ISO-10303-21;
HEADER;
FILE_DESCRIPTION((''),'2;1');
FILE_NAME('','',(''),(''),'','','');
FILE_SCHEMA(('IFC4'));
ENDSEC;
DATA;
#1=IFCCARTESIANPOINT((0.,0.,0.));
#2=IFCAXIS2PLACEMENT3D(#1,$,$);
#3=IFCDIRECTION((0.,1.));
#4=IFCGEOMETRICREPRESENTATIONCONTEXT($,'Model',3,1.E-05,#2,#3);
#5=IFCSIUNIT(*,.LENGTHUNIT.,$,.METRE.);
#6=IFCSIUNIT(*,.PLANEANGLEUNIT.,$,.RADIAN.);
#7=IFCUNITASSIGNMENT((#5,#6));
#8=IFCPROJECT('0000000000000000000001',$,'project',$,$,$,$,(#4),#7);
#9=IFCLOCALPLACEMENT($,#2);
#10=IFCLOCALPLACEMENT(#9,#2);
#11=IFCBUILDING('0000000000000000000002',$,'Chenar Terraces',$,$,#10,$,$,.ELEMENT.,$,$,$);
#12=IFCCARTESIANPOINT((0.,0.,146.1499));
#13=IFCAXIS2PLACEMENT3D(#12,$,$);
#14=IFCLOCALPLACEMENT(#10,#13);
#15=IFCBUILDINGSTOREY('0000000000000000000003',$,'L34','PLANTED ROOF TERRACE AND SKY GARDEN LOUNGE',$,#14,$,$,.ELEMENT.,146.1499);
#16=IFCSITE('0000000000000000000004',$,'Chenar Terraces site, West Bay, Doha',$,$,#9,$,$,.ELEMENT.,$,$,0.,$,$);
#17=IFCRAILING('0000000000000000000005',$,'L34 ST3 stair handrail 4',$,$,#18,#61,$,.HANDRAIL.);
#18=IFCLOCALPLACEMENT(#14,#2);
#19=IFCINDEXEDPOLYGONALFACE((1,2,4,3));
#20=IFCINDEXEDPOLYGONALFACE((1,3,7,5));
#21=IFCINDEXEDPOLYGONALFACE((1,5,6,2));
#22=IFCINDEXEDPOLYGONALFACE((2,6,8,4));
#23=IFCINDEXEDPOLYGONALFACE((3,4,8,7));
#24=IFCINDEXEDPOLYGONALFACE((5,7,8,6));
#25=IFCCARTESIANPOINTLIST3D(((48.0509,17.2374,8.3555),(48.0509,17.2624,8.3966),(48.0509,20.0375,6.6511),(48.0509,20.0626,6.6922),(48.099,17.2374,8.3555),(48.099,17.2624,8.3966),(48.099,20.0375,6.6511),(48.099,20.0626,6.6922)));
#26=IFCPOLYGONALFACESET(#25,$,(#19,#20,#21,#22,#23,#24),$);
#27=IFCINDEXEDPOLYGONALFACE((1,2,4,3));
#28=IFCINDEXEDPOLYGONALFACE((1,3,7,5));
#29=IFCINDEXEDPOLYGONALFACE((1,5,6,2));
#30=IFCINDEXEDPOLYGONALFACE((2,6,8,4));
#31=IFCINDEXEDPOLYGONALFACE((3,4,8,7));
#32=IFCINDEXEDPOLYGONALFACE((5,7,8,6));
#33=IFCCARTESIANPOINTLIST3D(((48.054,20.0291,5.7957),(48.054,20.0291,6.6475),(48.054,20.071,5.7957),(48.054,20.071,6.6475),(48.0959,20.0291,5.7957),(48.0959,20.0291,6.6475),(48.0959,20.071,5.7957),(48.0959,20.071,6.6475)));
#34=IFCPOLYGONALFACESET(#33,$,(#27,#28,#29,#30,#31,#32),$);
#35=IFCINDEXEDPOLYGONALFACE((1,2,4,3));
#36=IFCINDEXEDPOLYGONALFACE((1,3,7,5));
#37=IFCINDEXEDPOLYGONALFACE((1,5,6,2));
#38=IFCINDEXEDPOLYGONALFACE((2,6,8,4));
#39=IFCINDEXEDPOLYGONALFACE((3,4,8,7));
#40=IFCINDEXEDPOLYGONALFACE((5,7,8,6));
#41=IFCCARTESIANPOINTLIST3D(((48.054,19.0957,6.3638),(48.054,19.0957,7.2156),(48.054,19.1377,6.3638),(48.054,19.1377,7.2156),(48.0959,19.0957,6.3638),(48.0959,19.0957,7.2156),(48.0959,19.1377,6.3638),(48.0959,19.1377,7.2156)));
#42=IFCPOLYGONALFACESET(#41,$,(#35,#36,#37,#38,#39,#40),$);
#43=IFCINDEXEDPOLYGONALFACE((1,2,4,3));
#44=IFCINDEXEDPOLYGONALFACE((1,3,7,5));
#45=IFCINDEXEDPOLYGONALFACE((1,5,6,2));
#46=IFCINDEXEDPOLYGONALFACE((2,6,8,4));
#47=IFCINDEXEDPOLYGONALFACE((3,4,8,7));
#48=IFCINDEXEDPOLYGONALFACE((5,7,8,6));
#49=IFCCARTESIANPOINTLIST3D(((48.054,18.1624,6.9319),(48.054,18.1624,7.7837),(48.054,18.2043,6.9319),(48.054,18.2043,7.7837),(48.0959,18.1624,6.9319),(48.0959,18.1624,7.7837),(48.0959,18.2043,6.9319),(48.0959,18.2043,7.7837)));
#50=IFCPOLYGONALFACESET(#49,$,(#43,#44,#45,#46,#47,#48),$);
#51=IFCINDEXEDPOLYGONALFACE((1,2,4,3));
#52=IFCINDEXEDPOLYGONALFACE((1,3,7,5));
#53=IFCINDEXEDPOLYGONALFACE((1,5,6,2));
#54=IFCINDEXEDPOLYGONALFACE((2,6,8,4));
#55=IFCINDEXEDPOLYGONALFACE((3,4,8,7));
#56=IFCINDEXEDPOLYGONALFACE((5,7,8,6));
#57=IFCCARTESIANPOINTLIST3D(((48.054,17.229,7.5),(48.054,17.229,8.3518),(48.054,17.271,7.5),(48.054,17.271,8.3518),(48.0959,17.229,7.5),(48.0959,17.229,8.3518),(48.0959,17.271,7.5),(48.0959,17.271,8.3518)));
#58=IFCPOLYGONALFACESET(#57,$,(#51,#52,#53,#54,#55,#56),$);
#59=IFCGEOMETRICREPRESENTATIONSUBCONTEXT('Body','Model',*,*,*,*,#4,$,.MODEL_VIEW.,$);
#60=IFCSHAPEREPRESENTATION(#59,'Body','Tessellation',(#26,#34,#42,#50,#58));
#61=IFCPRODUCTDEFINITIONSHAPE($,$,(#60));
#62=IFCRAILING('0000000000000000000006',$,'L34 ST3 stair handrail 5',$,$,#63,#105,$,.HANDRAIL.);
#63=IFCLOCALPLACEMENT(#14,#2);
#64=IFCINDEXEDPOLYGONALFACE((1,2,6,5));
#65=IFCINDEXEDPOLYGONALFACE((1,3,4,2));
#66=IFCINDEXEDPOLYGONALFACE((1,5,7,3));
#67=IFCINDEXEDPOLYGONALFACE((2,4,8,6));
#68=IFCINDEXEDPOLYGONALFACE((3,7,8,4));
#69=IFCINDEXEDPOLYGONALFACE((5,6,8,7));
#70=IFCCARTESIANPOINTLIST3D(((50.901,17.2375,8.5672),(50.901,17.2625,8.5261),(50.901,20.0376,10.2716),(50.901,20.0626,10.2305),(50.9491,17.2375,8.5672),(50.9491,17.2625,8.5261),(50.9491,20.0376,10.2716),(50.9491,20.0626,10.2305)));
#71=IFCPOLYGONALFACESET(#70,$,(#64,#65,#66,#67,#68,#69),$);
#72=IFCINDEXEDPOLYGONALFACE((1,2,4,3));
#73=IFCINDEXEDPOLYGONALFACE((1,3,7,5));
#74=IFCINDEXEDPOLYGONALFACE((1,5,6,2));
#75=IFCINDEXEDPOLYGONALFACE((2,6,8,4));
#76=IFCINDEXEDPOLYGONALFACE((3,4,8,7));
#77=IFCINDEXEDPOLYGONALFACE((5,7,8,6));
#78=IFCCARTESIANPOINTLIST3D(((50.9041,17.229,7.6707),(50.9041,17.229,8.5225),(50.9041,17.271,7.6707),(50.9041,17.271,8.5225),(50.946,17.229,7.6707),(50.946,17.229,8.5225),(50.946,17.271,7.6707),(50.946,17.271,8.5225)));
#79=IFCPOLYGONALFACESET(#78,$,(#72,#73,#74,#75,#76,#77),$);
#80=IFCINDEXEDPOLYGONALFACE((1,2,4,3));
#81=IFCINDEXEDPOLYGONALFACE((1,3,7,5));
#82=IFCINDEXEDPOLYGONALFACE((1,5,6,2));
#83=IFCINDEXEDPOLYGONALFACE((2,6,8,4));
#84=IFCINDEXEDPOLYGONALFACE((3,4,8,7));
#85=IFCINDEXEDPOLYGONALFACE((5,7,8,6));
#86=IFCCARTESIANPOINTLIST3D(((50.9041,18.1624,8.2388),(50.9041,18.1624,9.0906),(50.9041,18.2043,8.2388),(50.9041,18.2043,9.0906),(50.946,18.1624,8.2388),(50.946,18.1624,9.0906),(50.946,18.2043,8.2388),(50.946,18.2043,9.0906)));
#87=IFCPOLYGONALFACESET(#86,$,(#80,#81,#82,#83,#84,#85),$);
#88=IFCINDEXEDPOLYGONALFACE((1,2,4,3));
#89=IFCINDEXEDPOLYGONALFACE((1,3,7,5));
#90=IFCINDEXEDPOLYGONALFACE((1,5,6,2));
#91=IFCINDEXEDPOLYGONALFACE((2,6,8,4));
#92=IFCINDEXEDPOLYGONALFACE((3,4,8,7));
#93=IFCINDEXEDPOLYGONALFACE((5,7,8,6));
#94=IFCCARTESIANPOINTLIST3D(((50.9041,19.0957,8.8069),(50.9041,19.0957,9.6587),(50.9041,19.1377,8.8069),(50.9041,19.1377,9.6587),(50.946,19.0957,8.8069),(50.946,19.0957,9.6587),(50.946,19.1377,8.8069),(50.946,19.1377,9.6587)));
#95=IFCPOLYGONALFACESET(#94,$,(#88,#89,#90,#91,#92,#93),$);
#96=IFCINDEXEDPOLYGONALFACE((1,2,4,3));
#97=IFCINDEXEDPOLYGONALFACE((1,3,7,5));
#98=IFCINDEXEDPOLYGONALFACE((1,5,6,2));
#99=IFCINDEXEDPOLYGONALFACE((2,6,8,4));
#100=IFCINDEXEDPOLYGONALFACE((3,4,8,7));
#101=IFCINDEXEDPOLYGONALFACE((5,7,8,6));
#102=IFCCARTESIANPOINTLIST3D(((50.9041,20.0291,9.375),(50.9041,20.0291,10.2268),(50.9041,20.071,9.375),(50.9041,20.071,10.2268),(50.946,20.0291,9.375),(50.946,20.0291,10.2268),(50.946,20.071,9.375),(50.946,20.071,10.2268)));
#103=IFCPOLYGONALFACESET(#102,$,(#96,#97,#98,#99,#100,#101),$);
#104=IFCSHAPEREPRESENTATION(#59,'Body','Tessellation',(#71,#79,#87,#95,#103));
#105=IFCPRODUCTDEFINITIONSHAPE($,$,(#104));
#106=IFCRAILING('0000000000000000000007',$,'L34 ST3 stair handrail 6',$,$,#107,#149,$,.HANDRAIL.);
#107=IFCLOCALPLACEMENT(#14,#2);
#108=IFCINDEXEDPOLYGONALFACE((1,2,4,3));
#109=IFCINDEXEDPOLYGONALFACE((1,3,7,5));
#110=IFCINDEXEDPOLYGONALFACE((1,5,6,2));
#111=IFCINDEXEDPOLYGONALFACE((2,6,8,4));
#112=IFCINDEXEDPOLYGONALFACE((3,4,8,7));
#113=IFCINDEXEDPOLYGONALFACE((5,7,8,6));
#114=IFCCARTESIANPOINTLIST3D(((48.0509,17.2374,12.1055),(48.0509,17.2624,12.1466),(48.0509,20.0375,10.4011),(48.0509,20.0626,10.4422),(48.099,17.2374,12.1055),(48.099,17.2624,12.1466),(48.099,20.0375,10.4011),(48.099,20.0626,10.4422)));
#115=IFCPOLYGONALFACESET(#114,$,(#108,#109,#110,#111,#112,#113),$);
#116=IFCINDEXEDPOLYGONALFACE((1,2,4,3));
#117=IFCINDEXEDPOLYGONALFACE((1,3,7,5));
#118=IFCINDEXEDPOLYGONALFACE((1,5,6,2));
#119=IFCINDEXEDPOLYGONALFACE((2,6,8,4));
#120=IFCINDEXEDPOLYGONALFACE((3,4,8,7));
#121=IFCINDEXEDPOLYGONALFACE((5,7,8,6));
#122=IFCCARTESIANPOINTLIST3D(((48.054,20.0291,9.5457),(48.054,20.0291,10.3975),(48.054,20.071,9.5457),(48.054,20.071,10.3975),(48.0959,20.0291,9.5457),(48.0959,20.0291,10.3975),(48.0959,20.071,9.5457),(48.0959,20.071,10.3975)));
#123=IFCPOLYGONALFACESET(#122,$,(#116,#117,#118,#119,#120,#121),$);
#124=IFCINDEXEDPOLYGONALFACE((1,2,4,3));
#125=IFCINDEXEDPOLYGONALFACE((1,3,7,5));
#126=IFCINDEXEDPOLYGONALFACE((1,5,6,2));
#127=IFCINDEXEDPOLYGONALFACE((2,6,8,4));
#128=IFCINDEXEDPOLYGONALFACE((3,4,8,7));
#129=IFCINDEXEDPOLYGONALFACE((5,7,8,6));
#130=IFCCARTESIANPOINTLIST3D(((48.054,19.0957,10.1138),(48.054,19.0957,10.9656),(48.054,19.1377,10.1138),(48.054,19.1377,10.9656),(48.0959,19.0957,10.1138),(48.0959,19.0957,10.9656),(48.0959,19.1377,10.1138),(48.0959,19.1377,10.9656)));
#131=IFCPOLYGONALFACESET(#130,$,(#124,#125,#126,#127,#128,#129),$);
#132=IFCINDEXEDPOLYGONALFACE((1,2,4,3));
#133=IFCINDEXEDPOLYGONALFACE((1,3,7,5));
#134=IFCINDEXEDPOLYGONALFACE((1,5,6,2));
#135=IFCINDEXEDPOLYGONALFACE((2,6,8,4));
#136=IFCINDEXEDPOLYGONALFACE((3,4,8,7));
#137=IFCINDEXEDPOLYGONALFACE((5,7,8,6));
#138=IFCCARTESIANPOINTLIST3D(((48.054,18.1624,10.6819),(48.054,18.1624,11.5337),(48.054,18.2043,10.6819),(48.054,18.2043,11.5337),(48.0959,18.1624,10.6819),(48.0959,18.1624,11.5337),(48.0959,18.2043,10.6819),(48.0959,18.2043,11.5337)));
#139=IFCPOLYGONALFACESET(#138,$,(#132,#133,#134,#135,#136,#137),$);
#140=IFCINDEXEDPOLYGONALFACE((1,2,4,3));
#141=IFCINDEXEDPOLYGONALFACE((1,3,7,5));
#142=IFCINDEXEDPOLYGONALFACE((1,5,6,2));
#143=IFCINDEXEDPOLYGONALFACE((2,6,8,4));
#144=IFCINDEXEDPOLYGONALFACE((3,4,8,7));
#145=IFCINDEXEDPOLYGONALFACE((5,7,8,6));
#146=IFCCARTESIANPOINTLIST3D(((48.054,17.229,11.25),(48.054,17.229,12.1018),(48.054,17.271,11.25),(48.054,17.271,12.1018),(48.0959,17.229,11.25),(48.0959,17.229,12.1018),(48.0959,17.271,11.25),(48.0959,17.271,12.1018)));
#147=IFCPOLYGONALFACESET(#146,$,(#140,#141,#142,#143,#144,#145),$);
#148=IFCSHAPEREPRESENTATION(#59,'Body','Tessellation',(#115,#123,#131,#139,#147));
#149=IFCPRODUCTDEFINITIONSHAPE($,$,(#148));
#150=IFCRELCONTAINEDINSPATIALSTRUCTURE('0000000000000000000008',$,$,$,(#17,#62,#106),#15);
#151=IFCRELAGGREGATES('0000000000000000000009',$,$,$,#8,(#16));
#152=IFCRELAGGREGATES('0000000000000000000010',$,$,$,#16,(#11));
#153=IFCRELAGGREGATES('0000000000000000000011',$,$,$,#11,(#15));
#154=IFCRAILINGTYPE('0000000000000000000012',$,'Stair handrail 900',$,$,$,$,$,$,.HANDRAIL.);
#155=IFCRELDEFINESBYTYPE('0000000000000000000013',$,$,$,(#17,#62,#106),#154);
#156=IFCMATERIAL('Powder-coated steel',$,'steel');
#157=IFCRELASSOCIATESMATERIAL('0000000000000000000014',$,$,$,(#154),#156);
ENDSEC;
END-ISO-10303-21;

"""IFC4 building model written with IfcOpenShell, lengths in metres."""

from ifc_helpers import new_model, si_unit, direction, frame, origin, origin_2d, place, context, subcontext, project, spatial, rectangle, extrude, material, type_object, element, save


model = new_model("IFC4")

# Units and contexts
model_context = context("Model", 3, precision=1e-05, world=origin(), true_north=direction((0.0, 1.0)))
body_context = subcontext(model_context, "Body", "Model", "MODEL_VIEW")
ifc_project = project(units=[si_unit("LENGTHUNIT", "METRE"), si_unit("PLANEANGLEUNIT", "RADIAN")], contexts=[model_context])

# Site, building, storey
site_placement = place(None, origin())
site = spatial("IfcSite", under=ifc_project, at=site_placement, Name="Chenar Terraces site, West Bay, Doha", CompositionType="ELEMENT", RefElevation=0.0)
building_placement = place(site_placement, origin())
building = spatial("IfcBuilding", under=site, at=building_placement, Name="Chenar Terraces", CompositionType="ELEMENT")
storey_placement = place(building_placement, frame((0.0, 0.0, 146.1499)))
storey = spatial("IfcBuildingStorey", under=building, at=storey_placement, Name="L34", Description="PLANTED ROOF TERRACE AND SKY GARDEN LOUNGE", CompositionType="ELEMENT", Elevation=146.1499)

# Railings
ifc_material_1 = material(Name="Powder-coated steel", Category="steel")
railing_type_1 = type_object("IfcRailingType", Name="Stair handrail 900", PredefinedType="HANDRAIL", material=ifc_material_1)
railing_1_placement = place(storey_placement, frame((48.075, 20.05, 5.7957)))
element("IfcRailing", 1, at=railing_1_placement, inside=storey, type_object=railing_type_1, Name="L34 ST3 stair handrail 4", PredefinedType="HANDRAIL", context=body_context, shape_type="SweptSolid", body=[
    extrude(rectangle(XDim=0.0481, YDim=0.0481, at=origin_2d()), frame((0.0, 0.0, 0.876), z_axis=(0.0, -0.854203, 0.51994), x_axis=(1.0, 0.0, 0.0)), (0.0, 0.0, 1.0), 3.2781),
    extrude(rectangle(XDim=0.042, YDim=0.042, at=origin_2d()), origin(), (0.0, 0.0, 1.0), 0.8518),
    extrude(rectangle(XDim=0.042, YDim=0.042, at=origin_2d()), frame((0.0, -0.9333, 0.5681)), (0.0, 0.0, 1.0), 0.8518),
    extrude(rectangle(XDim=0.042, YDim=0.042, at=origin_2d()), frame((0.0, -1.8667, 1.1362)), (0.0, 0.0, 1.0), 0.8518),
    extrude(rectangle(XDim=0.042, YDim=0.042, at=origin_2d()), frame((0.0, -2.8, 1.7043)), (0.0, 0.0, 1.0), 0.8518),
])
railing_2_placement = place(storey_placement, frame((50.925, 17.25, 7.6707)))
element("IfcRailing", 2, at=railing_2_placement, inside=storey, type_object=railing_type_1, Name="L34 ST3 stair handrail 5", PredefinedType="HANDRAIL", context=body_context, shape_type="SweptSolid", body=[
    extrude(rectangle(XDim=0.0481, YDim=0.0481, at=origin_2d()), frame((0.0, 0.0, 0.876), z_axis=(0.0, 0.854203, 0.51994), x_axis=(-1.0, 0.0, 0.0)), (0.0, 0.0, 1.0), 3.2781),
    extrude(rectangle(XDim=0.042, YDim=0.042, at=origin_2d()), origin(), (0.0, 0.0, 1.0), 0.8518),
    extrude(rectangle(XDim=0.042, YDim=0.042, at=origin_2d()), frame((0.0, 0.9333, 0.5681)), (0.0, 0.0, 1.0), 0.8518),
    extrude(rectangle(XDim=0.042, YDim=0.042, at=origin_2d()), frame((0.0, 1.8667, 1.1362)), (0.0, 0.0, 1.0), 0.8518),
    extrude(rectangle(XDim=0.042, YDim=0.042, at=origin_2d()), frame((0.0, 2.8, 1.7043)), (0.0, 0.0, 1.0), 0.8518),
])
railing_3_placement = place(storey_placement, frame((48.075, 20.05, 9.5457)))
element("IfcRailing", 3, at=railing_3_placement, inside=storey, type_object=railing_type_1, Name="L34 ST3 stair handrail 6", PredefinedType="HANDRAIL", context=body_context, shape_type="SweptSolid", body=[
    extrude(rectangle(XDim=0.0481, YDim=0.0481, at=origin_2d()), frame((0.0, 0.0, 0.876), z_axis=(0.0, -0.854203, 0.51994), x_axis=(1.0, 0.0, 0.0)), (0.0, 0.0, 1.0), 3.2781),
    extrude(rectangle(XDim=0.042, YDim=0.042, at=origin_2d()), origin(), (0.0, 0.0, 1.0), 0.8518),
    extrude(rectangle(XDim=0.042, YDim=0.042, at=origin_2d()), frame((0.0, -0.9333, 0.5681)), (0.0, 0.0, 1.0), 0.8518),
    extrude(rectangle(XDim=0.042, YDim=0.042, at=origin_2d()), frame((0.0, -1.8667, 1.1362)), (0.0, 0.0, 1.0), 0.8518),
    extrude(rectangle(XDim=0.042, YDim=0.042, at=origin_2d()), frame((0.0, -2.8, 1.7043)), (0.0, 0.0, 1.0), 0.8518),
])

save(model, "model.ifc")
